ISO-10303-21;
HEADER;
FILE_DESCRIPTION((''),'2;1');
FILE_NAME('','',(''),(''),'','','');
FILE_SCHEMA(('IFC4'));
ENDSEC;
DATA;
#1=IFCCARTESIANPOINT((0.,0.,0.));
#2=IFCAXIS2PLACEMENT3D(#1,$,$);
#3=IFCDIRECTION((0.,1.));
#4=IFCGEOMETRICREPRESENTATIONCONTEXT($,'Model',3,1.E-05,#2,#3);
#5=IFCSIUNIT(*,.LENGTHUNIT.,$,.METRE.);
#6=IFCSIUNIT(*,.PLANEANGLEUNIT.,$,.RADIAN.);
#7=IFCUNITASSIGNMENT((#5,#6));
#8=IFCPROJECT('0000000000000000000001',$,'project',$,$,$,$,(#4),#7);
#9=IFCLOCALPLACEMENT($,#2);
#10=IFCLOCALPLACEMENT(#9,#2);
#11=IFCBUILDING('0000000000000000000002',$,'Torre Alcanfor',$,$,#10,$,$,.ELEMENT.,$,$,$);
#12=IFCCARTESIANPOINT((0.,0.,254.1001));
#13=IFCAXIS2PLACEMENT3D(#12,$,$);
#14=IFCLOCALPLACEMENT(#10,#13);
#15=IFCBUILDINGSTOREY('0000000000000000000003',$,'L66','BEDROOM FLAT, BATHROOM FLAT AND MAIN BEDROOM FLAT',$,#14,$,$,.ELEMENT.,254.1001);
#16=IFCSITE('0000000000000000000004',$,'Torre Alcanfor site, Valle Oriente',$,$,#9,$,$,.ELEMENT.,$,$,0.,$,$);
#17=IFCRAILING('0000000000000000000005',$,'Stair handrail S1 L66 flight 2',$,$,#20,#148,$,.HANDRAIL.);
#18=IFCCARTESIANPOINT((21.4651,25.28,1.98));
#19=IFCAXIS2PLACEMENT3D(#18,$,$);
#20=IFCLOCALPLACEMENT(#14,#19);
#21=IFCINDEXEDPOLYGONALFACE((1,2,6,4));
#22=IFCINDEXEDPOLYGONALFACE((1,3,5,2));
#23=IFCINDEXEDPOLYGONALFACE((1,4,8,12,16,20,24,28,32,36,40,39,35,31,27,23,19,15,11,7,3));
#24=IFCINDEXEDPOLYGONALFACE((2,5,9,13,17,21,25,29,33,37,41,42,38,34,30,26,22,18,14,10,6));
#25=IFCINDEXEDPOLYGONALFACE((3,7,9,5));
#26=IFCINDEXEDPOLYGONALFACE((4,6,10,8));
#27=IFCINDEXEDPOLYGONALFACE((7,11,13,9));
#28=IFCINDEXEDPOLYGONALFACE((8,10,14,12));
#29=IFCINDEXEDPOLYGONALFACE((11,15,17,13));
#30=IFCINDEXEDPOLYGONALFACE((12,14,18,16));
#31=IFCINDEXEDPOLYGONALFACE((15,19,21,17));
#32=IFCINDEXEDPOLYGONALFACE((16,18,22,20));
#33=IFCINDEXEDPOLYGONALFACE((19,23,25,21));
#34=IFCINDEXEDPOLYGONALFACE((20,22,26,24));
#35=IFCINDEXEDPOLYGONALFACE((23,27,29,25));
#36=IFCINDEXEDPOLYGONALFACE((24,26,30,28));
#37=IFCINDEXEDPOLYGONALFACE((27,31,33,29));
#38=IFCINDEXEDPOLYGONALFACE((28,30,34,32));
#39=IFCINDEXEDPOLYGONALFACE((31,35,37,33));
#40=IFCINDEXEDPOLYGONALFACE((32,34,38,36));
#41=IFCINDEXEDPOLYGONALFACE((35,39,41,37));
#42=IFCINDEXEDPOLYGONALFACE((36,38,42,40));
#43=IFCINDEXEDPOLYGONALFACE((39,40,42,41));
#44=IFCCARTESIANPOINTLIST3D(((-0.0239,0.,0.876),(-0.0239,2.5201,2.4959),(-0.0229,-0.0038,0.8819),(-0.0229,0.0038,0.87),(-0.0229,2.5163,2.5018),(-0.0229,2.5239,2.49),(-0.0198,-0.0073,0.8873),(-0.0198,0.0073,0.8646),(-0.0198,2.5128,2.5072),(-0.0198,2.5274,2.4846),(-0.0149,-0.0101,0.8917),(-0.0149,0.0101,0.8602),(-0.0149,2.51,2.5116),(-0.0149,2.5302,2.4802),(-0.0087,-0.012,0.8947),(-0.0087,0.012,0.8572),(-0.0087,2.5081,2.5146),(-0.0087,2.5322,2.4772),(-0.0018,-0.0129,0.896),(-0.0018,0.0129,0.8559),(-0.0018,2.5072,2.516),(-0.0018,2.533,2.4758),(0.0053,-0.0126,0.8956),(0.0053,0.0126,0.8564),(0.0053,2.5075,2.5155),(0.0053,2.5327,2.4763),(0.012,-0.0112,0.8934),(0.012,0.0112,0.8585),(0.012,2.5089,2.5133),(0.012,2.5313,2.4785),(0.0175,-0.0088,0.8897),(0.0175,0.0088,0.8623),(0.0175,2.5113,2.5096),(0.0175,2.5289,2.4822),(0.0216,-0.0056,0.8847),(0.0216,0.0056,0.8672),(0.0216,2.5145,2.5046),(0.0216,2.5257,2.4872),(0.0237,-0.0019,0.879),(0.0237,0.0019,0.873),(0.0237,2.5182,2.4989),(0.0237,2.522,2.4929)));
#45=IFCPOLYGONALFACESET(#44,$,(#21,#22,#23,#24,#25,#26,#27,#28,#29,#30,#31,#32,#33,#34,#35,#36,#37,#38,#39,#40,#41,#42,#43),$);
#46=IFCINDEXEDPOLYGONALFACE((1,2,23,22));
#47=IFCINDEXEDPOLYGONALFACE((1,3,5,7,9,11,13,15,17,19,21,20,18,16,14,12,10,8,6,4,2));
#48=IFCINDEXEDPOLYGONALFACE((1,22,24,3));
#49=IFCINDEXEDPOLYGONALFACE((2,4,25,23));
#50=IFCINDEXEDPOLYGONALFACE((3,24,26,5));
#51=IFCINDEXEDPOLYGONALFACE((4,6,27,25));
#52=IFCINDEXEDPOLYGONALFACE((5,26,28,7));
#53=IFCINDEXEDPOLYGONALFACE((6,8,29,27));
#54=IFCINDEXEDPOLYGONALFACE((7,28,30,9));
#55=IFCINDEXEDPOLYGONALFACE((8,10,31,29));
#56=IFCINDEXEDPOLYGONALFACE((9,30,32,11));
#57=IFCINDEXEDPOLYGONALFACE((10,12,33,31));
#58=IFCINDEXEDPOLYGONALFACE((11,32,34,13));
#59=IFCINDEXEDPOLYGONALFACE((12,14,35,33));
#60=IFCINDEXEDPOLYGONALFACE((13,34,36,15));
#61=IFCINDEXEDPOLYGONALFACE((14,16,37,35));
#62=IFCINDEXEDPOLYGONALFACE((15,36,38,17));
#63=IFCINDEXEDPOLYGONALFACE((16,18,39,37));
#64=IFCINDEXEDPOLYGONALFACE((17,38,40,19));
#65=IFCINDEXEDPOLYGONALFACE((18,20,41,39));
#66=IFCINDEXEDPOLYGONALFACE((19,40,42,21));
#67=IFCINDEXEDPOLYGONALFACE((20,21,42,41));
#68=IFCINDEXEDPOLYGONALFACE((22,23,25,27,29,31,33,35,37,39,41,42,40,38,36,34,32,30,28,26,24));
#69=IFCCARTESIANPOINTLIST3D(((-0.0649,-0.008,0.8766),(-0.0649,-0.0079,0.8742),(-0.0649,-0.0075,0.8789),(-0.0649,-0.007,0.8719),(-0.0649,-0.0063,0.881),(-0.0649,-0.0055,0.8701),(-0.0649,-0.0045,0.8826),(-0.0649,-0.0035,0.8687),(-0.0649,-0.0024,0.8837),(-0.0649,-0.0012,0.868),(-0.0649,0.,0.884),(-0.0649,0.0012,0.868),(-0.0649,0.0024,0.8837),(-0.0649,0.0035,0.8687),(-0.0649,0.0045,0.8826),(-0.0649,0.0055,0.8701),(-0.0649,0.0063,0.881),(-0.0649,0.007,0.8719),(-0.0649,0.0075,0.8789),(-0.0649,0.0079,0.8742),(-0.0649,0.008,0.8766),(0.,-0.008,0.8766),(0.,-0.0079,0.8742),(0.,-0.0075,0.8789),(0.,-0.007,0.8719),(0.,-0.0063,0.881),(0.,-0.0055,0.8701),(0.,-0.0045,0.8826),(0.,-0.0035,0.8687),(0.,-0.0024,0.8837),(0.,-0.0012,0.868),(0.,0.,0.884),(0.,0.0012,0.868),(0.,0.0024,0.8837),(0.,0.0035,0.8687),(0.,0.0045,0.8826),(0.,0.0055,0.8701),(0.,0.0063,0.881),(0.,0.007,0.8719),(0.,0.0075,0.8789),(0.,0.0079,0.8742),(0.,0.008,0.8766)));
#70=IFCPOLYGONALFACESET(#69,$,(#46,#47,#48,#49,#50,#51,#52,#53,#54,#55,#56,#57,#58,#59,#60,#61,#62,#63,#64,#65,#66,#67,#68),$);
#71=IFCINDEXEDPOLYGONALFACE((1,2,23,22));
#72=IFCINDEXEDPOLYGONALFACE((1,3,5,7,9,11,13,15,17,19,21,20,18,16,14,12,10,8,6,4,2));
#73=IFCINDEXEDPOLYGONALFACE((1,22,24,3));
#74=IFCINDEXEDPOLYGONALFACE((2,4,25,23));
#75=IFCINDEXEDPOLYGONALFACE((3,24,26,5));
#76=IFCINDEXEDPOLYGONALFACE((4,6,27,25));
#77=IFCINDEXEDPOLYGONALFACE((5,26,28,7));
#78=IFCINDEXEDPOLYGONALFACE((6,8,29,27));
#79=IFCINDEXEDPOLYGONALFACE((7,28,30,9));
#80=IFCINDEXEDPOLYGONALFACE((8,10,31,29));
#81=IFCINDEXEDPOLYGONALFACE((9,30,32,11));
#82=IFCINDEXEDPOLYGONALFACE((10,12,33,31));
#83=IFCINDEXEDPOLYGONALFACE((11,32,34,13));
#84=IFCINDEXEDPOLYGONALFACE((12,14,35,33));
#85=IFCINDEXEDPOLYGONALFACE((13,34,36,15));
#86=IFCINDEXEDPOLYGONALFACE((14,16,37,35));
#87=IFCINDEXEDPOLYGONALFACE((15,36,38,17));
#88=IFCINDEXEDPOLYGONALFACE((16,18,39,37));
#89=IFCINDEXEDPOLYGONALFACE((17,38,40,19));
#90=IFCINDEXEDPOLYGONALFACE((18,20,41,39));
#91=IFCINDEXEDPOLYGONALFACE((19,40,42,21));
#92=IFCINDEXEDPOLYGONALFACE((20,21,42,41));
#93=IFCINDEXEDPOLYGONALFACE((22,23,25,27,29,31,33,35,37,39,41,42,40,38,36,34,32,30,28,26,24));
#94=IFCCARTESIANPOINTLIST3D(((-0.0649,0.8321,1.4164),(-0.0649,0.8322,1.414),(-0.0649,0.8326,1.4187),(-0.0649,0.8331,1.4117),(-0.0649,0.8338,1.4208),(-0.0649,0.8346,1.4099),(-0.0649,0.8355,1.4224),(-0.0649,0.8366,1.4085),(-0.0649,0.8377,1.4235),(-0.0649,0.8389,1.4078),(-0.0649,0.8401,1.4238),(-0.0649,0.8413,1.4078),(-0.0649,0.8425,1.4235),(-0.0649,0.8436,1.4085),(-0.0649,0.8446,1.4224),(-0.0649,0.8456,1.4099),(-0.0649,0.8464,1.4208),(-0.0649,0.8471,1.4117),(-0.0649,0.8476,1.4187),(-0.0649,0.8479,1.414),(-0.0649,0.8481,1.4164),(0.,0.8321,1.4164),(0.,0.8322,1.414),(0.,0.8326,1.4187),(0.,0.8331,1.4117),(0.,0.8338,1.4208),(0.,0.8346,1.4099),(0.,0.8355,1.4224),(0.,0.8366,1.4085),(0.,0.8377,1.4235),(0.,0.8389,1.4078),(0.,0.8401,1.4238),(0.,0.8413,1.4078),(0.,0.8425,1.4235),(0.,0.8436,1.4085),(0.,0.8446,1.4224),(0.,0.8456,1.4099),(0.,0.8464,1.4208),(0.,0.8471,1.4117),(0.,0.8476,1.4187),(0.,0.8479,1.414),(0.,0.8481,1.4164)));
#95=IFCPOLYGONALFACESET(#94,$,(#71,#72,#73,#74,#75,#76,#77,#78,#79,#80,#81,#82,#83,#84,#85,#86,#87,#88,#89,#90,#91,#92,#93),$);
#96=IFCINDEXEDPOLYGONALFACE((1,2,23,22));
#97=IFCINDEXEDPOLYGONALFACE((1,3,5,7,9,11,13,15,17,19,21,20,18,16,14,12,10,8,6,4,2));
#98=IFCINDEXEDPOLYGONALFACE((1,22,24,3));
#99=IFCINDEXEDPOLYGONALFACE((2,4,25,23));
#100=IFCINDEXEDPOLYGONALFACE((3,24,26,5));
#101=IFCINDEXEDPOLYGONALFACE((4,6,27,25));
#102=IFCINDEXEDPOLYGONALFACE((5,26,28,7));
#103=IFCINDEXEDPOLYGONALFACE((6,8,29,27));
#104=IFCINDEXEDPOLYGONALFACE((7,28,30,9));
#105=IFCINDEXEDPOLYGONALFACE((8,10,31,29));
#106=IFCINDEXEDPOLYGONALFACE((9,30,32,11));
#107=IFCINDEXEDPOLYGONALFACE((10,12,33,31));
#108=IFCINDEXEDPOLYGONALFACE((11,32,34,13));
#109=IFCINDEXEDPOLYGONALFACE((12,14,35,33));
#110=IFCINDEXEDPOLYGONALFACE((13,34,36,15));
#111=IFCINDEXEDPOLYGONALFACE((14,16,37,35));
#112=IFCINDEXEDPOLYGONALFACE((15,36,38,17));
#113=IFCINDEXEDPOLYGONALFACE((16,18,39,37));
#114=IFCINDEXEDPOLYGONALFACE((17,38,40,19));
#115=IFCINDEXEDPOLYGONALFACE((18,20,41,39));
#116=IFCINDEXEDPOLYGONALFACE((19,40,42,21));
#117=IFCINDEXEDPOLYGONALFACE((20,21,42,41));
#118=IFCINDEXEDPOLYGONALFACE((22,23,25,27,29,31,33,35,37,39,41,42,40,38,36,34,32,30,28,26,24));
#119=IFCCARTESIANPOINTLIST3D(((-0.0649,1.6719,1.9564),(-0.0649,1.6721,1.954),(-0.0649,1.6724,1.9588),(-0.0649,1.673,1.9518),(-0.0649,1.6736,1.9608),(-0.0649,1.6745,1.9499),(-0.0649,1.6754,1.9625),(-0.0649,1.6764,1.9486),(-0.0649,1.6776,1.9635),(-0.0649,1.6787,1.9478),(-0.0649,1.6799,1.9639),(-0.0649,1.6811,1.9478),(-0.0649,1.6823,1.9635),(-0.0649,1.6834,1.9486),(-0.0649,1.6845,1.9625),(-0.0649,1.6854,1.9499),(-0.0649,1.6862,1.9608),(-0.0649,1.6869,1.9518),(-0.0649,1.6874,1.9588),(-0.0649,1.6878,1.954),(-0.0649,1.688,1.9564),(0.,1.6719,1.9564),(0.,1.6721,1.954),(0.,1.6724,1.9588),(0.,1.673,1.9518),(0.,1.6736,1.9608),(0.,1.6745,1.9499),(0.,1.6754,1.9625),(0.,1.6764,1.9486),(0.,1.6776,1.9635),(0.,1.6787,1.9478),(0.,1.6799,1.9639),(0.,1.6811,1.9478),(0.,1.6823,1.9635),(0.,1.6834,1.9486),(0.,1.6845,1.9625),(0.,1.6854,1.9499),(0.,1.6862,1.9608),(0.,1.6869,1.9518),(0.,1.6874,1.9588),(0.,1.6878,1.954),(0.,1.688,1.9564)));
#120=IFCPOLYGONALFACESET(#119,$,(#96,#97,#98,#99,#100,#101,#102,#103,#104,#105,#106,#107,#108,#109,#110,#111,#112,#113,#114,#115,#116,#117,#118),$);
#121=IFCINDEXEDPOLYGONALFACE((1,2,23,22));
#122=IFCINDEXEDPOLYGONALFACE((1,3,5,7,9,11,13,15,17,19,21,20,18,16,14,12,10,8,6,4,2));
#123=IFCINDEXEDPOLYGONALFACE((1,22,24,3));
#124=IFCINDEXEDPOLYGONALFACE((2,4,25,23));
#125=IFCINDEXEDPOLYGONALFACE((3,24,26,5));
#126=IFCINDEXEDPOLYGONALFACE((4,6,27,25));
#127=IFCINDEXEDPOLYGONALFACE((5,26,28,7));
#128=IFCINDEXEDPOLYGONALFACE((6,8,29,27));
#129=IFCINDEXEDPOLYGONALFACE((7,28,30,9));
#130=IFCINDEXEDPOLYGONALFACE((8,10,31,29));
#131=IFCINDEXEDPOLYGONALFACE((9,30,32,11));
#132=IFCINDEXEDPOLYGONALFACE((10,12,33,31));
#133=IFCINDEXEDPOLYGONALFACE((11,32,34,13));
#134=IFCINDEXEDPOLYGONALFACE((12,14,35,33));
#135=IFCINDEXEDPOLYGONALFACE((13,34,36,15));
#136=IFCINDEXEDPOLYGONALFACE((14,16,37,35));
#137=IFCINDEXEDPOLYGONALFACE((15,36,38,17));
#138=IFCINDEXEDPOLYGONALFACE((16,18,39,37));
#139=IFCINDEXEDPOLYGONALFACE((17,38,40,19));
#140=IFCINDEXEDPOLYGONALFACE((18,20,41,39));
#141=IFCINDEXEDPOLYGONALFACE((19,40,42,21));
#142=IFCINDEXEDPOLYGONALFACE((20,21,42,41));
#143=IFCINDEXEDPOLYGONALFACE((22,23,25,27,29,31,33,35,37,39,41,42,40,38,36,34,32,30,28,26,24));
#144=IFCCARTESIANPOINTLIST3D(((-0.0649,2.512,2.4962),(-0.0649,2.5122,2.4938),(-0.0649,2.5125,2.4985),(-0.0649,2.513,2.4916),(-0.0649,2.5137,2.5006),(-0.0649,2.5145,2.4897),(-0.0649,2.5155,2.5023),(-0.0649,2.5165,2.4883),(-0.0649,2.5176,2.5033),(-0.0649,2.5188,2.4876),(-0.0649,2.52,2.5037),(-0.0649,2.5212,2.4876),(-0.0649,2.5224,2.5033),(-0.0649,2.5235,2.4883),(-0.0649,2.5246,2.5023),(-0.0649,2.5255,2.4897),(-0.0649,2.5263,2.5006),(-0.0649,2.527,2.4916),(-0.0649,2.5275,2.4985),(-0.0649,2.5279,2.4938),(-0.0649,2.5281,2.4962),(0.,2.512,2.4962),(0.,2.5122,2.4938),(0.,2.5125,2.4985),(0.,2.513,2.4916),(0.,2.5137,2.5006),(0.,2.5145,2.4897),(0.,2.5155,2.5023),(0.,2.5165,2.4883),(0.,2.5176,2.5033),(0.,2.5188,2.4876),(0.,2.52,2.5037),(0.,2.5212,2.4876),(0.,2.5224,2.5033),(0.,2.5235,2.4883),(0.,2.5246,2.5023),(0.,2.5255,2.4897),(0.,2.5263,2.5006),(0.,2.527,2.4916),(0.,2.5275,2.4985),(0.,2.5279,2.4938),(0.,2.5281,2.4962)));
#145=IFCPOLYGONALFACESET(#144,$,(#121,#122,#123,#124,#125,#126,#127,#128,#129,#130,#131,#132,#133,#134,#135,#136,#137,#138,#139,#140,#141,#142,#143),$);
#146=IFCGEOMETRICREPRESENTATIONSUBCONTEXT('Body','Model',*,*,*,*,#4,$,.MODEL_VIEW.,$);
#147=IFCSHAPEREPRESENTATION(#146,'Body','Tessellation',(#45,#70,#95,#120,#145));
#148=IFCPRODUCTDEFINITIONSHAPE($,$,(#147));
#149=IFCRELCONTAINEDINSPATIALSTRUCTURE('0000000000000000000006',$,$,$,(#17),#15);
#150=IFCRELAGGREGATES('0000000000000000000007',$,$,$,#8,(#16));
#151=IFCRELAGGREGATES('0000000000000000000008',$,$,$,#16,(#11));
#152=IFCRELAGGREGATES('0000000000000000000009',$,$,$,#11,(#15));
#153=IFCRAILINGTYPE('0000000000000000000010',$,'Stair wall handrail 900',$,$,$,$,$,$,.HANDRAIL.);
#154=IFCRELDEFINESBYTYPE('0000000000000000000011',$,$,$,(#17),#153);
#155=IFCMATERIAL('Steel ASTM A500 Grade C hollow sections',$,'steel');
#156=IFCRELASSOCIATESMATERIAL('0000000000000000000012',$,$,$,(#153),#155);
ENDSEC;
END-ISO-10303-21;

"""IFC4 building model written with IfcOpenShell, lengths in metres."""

from ifc_helpers import new_model, si_unit, direction, frame, origin, origin_2d, place, context, subcontext, project, spatial, circle, extrude, material, type_object, element, save


model = new_model("IFC4")

# Units and contexts
model_context = context("Model", 3, precision=1e-05, world=origin(), true_north=direction((0.0, 1.0)))
body_context = subcontext(model_context, "Body", "Model", "MODEL_VIEW")
ifc_project = project(units=[si_unit("LENGTHUNIT", "METRE"), si_unit("PLANEANGLEUNIT", "RADIAN")], contexts=[model_context])

# Site, building, storey
site_placement = place(None, origin())
site = spatial("IfcSite", under=ifc_project, at=site_placement, Name="Torre Alcanfor site, Valle Oriente", CompositionType="ELEMENT", RefElevation=0.0)
building_placement = place(site_placement, origin())
building = spatial("IfcBuilding", under=site, at=building_placement, Name="Torre Alcanfor", CompositionType="ELEMENT")
storey_placement = place(building_placement, frame((0.0, 0.0, 254.1001)))
storey = spatial("IfcBuildingStorey", under=building, at=storey_placement, Name="L66", Description="BEDROOM FLAT, BATHROOM FLAT AND MAIN BEDROOM FLAT", CompositionType="ELEMENT", Elevation=254.1001)

# Railing
ifc_material_1 = material(Name="Steel ASTM A500 Grade C hollow sections", Category="steel")
railing_type_1 = type_object("IfcRailingType", Name="Stair wall handrail 900", PredefinedType="HANDRAIL", material=ifc_material_1)
railing_1_placement = place(storey_placement, frame((21.4651, 25.28, 1.98)))
element("IfcRailing", 1, at=railing_1_placement, inside=storey, type_object=railing_type_1, Name="Stair handrail S1 L66 flight 2", PredefinedType="HANDRAIL", context=body_context, shape_type="SweptSolid", body=[
    extrude(circle(Radius=0.0239, at=origin_2d()), frame((0.0, 0.0, 0.876), z_axis=(0.0, 0.8412, 0.540725), x_axis=(-1.0, 0.0, 0.0)), (0.0, 0.0, 1.0), 2.9958),
    extrude(circle(Radius=0.0081, at=origin_2d()), frame((0.0, 0.0, 0.876), z_axis=(-1.0, 0.0, 0.0), x_axis=(0.0, 0.0, 1.0)), (0.0, 0.0, 1.0), 0.0649),
    extrude(circle(Radius=0.0081, at=origin_2d()), frame((0.0, 0.8401, 1.4158), z_axis=(-1.0, 0.0, 0.0), x_axis=(0.0, 0.0, 1.0)), (0.0, 0.0, 1.0), 0.0649),
    extrude(circle(Radius=0.0081, at=origin_2d()), frame((0.0, 1.6799, 1.9558), z_axis=(-1.0, 0.0, 0.0), x_axis=(0.0, 0.0, 1.0)), (0.0, 0.0, 1.0), 0.0649),
    extrude(circle(Radius=0.0081, at=origin_2d()), frame((0.0, 2.52, 2.4956), z_axis=(-1.0, 0.0, 0.0), x_axis=(0.0, 0.0, 1.0)), (0.0, 0.0, 1.0), 0.0649),
])

save(model, "model.ifc")
